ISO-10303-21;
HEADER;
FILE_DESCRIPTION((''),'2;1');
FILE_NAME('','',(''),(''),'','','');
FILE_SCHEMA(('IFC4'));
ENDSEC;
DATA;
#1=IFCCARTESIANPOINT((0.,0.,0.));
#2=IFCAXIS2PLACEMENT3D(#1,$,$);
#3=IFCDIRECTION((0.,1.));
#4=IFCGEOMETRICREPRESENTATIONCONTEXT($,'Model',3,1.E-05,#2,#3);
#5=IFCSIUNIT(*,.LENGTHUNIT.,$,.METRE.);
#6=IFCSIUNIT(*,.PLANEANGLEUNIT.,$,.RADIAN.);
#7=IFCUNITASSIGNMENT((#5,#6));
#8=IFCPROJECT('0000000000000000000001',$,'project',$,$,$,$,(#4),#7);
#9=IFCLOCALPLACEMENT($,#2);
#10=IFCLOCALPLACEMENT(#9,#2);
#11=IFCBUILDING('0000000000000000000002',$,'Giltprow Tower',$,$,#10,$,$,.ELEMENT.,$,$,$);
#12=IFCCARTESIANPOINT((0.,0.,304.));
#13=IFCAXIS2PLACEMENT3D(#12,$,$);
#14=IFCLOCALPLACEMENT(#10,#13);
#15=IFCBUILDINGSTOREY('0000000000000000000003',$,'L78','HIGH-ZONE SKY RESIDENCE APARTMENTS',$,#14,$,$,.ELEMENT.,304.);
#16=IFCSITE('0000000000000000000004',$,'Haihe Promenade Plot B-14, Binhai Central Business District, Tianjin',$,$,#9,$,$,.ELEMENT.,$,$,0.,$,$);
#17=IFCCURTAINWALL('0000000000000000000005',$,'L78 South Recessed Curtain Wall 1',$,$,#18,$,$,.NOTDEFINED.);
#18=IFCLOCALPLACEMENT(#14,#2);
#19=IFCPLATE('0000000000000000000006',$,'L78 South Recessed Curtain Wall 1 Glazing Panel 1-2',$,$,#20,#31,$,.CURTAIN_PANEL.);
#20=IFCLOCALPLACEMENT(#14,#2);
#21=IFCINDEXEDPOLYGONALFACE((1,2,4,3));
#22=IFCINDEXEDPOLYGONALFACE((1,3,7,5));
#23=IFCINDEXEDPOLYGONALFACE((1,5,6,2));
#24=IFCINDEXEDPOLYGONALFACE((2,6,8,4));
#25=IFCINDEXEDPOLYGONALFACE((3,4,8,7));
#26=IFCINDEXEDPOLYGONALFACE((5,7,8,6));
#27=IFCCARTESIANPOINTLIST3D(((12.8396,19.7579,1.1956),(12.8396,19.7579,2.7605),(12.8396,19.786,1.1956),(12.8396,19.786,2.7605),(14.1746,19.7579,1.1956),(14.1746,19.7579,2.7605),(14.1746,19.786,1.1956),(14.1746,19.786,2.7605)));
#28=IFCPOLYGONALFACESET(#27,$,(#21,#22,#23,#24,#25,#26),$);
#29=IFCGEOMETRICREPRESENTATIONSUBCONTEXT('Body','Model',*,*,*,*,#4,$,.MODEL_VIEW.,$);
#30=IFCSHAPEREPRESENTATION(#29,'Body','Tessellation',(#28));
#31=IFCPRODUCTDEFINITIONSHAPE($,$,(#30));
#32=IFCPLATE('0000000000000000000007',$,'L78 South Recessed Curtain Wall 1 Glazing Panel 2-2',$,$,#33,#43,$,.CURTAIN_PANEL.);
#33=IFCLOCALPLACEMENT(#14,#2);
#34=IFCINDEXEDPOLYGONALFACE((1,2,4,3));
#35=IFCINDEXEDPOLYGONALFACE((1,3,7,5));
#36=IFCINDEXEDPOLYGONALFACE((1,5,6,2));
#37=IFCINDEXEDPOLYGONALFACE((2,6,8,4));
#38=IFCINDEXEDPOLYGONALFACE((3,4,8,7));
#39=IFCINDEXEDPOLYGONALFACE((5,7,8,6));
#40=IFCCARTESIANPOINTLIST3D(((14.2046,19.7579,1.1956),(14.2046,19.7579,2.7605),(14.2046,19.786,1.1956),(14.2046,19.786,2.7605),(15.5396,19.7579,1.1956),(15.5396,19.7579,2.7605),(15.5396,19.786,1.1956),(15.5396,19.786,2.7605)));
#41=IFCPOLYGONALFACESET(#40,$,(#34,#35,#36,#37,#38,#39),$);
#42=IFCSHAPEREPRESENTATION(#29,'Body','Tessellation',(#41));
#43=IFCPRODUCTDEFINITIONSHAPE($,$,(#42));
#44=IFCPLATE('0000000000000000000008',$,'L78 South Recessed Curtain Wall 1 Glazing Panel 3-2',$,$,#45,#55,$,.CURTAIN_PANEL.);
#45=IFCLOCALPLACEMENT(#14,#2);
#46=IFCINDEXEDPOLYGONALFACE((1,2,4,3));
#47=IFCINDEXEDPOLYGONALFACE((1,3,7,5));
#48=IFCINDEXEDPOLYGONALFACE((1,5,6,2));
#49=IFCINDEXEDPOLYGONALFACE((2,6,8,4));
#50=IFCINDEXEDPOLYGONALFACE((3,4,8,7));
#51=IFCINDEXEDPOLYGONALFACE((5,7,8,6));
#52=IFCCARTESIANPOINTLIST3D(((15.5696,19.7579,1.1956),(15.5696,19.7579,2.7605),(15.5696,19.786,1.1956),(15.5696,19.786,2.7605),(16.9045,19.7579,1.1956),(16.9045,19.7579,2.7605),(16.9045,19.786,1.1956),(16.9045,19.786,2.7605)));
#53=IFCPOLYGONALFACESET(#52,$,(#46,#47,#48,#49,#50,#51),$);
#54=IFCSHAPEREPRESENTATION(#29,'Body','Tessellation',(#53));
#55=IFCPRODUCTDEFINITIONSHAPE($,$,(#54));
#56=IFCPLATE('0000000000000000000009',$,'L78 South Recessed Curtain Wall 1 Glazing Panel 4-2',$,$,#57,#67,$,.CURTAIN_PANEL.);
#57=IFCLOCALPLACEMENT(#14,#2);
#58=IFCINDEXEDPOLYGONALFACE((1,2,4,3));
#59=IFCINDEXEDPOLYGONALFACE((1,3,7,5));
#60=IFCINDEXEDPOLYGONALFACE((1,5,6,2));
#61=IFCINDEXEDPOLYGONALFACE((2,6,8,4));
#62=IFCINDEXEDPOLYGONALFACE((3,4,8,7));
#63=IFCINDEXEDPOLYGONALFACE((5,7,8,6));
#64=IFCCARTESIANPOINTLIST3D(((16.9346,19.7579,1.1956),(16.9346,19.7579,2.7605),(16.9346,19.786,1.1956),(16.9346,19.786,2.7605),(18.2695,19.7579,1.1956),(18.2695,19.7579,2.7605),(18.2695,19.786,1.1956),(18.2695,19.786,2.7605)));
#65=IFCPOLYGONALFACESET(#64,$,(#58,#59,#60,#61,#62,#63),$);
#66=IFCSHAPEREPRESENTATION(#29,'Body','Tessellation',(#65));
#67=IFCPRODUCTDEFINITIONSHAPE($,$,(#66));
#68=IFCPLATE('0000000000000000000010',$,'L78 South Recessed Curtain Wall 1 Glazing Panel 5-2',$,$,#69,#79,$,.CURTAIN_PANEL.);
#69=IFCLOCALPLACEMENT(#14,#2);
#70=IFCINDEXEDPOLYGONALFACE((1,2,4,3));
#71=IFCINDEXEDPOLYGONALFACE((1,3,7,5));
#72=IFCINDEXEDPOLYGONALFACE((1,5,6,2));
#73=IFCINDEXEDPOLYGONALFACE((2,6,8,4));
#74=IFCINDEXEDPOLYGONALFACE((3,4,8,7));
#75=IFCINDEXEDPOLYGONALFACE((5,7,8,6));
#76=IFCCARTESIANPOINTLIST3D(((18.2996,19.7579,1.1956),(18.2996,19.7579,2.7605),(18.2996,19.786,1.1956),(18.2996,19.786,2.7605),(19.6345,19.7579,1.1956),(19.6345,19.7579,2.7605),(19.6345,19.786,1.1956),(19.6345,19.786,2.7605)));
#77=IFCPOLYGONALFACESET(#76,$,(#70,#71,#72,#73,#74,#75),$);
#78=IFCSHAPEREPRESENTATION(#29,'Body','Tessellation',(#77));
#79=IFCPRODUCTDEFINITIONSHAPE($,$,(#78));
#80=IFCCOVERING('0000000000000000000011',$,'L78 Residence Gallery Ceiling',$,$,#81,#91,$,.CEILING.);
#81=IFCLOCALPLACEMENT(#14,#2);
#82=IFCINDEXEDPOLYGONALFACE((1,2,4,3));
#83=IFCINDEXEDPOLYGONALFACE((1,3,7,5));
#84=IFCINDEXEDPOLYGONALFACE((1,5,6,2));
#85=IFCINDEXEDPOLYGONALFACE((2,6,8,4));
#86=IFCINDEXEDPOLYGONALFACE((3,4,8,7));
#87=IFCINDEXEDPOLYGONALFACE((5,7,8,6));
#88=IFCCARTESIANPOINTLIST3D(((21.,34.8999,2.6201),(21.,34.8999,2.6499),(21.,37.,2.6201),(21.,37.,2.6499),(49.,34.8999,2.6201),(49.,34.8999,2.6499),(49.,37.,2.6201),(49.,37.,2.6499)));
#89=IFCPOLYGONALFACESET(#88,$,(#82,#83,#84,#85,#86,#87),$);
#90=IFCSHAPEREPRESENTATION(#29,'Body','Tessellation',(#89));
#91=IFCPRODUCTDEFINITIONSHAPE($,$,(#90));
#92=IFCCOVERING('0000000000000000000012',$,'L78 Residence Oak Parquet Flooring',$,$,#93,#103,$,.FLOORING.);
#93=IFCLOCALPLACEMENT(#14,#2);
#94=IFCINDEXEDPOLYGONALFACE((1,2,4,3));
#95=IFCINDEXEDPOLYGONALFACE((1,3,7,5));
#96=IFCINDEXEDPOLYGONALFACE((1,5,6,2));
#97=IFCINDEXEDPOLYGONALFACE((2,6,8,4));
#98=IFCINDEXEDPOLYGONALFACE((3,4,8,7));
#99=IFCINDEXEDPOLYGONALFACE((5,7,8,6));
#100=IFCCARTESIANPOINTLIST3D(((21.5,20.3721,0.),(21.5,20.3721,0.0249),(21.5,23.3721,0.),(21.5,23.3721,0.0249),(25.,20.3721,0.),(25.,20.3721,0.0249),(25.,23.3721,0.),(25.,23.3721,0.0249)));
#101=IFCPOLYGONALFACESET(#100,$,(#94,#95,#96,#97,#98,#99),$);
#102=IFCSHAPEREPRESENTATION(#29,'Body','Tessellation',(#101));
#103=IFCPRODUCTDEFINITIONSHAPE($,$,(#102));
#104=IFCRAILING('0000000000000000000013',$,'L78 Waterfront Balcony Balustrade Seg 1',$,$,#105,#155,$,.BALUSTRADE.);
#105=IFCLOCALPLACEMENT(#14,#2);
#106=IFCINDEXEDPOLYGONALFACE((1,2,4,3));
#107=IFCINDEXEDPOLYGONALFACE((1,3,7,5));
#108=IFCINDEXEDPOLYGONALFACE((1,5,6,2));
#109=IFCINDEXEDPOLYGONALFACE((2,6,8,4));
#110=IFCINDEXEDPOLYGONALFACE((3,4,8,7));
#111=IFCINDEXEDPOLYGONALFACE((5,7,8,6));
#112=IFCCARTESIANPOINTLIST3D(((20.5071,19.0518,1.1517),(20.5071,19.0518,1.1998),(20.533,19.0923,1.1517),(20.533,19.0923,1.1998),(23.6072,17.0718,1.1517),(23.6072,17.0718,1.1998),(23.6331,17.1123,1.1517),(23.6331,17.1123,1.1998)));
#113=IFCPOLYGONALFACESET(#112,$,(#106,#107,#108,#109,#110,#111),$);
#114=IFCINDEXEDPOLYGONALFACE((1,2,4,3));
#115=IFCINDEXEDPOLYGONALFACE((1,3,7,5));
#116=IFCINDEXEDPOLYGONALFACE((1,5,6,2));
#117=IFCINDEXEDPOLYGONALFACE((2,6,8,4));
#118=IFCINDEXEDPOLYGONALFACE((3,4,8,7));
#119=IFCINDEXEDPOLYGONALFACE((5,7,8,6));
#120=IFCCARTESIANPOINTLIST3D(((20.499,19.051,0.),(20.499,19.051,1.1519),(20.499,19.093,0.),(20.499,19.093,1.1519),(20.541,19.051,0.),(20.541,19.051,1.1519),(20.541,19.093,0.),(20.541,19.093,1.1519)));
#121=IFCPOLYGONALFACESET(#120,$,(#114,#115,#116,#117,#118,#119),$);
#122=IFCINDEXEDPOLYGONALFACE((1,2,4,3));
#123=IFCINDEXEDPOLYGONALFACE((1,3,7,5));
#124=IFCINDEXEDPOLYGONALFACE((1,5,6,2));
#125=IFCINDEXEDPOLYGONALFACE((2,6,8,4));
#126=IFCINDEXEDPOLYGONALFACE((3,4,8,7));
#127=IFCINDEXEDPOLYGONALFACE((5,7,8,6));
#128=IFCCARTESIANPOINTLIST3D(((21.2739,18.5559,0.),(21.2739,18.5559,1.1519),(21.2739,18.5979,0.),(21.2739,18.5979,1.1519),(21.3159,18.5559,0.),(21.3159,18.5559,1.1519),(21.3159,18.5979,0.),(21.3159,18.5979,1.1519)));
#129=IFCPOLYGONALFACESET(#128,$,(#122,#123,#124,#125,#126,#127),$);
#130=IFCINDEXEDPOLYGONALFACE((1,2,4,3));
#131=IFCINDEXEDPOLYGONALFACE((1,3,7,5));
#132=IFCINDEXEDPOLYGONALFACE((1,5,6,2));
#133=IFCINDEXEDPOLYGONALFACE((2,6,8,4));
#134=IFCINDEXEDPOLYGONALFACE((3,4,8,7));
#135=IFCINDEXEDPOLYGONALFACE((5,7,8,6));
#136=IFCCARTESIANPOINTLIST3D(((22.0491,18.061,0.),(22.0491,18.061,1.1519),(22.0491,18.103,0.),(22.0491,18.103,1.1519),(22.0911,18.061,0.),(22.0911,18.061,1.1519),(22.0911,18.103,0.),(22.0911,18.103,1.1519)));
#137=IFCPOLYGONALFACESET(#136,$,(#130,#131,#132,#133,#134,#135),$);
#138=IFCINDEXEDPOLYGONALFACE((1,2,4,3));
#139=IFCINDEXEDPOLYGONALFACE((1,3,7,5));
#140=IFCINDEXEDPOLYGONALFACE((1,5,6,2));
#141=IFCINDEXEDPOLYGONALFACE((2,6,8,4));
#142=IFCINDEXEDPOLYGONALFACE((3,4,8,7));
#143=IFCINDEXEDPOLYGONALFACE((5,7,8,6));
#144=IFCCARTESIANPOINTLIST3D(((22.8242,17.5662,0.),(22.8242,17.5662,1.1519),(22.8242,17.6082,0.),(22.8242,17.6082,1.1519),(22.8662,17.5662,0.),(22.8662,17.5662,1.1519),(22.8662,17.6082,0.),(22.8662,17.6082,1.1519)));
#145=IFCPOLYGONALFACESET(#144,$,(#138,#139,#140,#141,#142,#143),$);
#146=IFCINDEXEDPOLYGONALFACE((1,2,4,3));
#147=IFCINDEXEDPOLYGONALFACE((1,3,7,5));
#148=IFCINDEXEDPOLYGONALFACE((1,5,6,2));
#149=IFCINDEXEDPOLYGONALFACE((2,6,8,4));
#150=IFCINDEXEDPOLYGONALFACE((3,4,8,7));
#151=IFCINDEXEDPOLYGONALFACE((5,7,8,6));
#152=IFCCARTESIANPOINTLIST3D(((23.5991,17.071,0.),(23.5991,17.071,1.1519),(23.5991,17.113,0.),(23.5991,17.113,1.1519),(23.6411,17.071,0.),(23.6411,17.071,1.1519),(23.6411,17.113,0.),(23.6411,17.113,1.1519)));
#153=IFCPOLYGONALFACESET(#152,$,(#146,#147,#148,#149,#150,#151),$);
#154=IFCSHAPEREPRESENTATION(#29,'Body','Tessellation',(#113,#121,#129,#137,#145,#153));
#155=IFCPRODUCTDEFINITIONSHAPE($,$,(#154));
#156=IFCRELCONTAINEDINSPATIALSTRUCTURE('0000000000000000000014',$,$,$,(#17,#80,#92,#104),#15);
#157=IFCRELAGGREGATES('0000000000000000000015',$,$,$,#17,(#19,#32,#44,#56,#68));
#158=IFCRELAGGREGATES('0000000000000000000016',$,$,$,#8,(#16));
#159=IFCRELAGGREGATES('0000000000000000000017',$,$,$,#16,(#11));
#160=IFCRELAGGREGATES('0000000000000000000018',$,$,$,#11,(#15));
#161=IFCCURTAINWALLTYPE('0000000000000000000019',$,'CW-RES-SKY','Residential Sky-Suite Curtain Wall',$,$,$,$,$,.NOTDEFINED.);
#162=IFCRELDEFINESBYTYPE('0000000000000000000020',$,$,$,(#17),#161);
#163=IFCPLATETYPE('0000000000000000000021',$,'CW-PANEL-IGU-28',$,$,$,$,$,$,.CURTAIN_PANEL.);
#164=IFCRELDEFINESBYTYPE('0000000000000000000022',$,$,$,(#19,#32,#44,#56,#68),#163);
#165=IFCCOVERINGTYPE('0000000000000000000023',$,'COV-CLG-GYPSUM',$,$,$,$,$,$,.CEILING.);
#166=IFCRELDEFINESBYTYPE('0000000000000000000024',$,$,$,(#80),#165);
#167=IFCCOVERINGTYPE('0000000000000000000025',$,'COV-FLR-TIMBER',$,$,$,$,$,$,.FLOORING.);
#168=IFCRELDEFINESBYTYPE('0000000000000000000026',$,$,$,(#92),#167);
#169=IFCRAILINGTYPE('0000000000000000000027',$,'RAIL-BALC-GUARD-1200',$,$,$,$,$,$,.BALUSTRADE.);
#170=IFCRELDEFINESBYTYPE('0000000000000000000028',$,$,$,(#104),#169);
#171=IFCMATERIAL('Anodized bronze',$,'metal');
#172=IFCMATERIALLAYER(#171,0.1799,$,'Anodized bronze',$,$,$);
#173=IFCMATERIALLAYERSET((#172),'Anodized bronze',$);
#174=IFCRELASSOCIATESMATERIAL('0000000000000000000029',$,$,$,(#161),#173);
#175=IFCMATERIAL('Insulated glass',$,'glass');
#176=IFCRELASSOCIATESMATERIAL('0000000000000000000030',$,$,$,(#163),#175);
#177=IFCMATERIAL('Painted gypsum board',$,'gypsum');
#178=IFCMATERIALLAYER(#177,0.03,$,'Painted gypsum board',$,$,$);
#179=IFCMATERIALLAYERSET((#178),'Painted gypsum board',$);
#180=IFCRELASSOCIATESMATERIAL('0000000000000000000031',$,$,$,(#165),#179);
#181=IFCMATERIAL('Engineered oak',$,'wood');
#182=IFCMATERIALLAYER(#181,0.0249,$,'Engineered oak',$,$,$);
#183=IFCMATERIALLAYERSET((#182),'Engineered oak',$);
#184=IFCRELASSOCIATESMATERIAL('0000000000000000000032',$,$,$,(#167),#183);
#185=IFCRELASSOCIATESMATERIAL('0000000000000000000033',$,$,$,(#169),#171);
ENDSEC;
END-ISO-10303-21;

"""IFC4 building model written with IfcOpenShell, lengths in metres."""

from ifc_helpers import new_model, si_unit, direction, frame, origin, origin_2d, place, context, subcontext, project, spatial, polyline, rectangle, outline, extrude, source, transform, mapped, material, layer, layer_set, type_object, element, aggregate, save


model = new_model("IFC4")

# Units and contexts
model_context = context("Model", 3, precision=1e-05, world=origin(), true_north=direction((0.0, 1.0)))
body_context = subcontext(model_context, "Body", "Model", "MODEL_VIEW")
ifc_project = project(units=[si_unit("LENGTHUNIT", "METRE"), si_unit("PLANEANGLEUNIT", "RADIAN")], contexts=[model_context])

# Site, building, storey
site_placement = place(None, origin())
site = spatial("IfcSite", under=ifc_project, at=site_placement, Name="Haihe Promenade Plot B-14, Binhai Central Business District, Tianjin", CompositionType="ELEMENT", RefElevation=0.0)
building_placement = place(site_placement, origin())
building = spatial("IfcBuilding", under=site, at=building_placement, Name="Giltprow Tower", CompositionType="ELEMENT")
storey_placement = place(building_placement, frame((0.0, 0.0, 304.0)))
storey = spatial("IfcBuildingStorey", under=building, at=storey_placement, Name="L78", Description="HIGH-ZONE SKY RESIDENCE APARTMENTS", CompositionType="ELEMENT", Elevation=304.0)

# Curtain wall
ifc_material_1 = material(Name="Anodized bronze", Category="metal")
ifc_layer_1 = layer(ifc_material_1, 0.1799, Name="Anodized bronze")
ifc_layer_set_1 = layer_set([ifc_layer_1], Name="Anodized bronze")
curtain_wall_type = type_object("IfcCurtainWallType", Name="CW-RES-SKY", Description="Residential Sky-Suite Curtain Wall", PredefinedType="NOTDEFINED", material=ifc_layer_set_1)
curtain_wall_placement = place(storey_placement, origin())
curtain_wall = element("IfcCurtainWall", 1, at=curtain_wall_placement, inside=storey, type_object=curtain_wall_type, Name="L78 South Recessed Curtain Wall 1", PredefinedType="NOTDEFINED")

# Plates
ifc_material_2 = material(Name="Insulated glass", Category="glass")
plate_type = type_object("IfcPlateType", Name="CW-PANEL-IGU-28", PredefinedType="CURTAIN_PANEL", material=ifc_material_2)
shared_shape_1 = source(origin(), body_context, "Body", "SweptSolid", [
    extrude(rectangle(XDim=1.335, YDim=0.0281, at=origin_2d()), origin(), (0.0, 0.0, 1.0), 1.5649),
])
plate_1_placement = place(storey_placement, frame((13.5071, 19.772, 1.1956), z_axis=(0.0, 0.0, 1.0), x_axis=(1.0, 0.0, 0.0)))
plate_1 = element("IfcPlate", 2, at=plate_1_placement, type_object=plate_type, Name="L78 South Recessed Curtain Wall 1 Glazing Panel 1-2", PredefinedType="CURTAIN_PANEL", context=body_context, shape_type="MappedRepresentation", body=[
    mapped(shared_shape_1, transform((0.0, 0.0, 0.0), x_axis=(1.0, 0.0, 0.0), y_axis=(0.0, 1.0, 0.0), z_axis=(0.0, 0.0, 1.0), scale=1.0)),
])
plate_2_placement = place(storey_placement, frame((14.8721, 19.772, 1.1956), z_axis=(0.0, 0.0, 1.0), x_axis=(1.0, 0.0, 0.0)))
plate_2 = element("IfcPlate", 3, at=plate_2_placement, type_object=plate_type, Name="L78 South Recessed Curtain Wall 1 Glazing Panel 2-2", PredefinedType="CURTAIN_PANEL", context=body_context, shape_type="MappedRepresentation", body=[
    mapped(shared_shape_1, transform((0.0, 0.0, 0.0), x_axis=(1.0, 0.0, 0.0), y_axis=(0.0, 1.0, 0.0), z_axis=(0.0, 0.0, 1.0), scale=1.0)),
])
plate_3_placement = place(storey_placement, frame((16.2371, 19.772, 1.1956), z_axis=(0.0, 0.0, 1.0), x_axis=(1.0, 0.0, 0.0)))
plate_3 = element("IfcPlate", 4, at=plate_3_placement, type_object=plate_type, Name="L78 South Recessed Curtain Wall 1 Glazing Panel 3-2", PredefinedType="CURTAIN_PANEL", context=body_context, shape_type="MappedRepresentation", body=[
    mapped(shared_shape_1, transform((0.0, 0.0, 0.0), x_axis=(1.0, 0.0, 0.0), y_axis=(0.0, 1.0, 0.0), z_axis=(0.0, 0.0, 1.0), scale=1.0)),
])
plate_4_placement = place(storey_placement, frame((17.6021, 19.772, 1.1956), z_axis=(0.0, 0.0, 1.0), x_axis=(1.0, 0.0, 0.0)))
plate_4 = element("IfcPlate", 5, at=plate_4_placement, type_object=plate_type, Name="L78 South Recessed Curtain Wall 1 Glazing Panel 4-2", PredefinedType="CURTAIN_PANEL", context=body_context, shape_type="MappedRepresentation", body=[
    mapped(shared_shape_1, transform((0.0, 0.0, 0.0), x_axis=(1.0, 0.0, 0.0), y_axis=(0.0, 1.0, 0.0), z_axis=(0.0, 0.0, 1.0), scale=1.0)),
])
plate_5_placement = place(storey_placement, frame((18.967, 19.772, 1.1956), z_axis=(0.0, 0.0, 1.0), x_axis=(1.0, 0.0, 0.0)))
plate_5 = element("IfcPlate", 6, at=plate_5_placement, type_object=plate_type, Name="L78 South Recessed Curtain Wall 1 Glazing Panel 5-2", PredefinedType="CURTAIN_PANEL", context=body_context, shape_type="MappedRepresentation", body=[
    mapped(shared_shape_1, transform((0.0, 0.0, 0.0), x_axis=(1.0, 0.0, 0.0), y_axis=(0.0, 1.0, 0.0), z_axis=(0.0, 0.0, 1.0), scale=1.0)),
])
aggregate(curtain_wall, [plate_1, plate_2, plate_3, plate_4, plate_5])

# Coverings
ifc_material_3 = material(Name="Painted gypsum board", Category="gypsum")
ifc_layer_2 = layer(ifc_material_3, 0.03, Name="Painted gypsum board")
ifc_layer_set_2 = layer_set([ifc_layer_2], Name="Painted gypsum board")
covering_type_1 = type_object("IfcCoveringType", Name="COV-CLG-GYPSUM", PredefinedType="CEILING", material=ifc_layer_set_2)
covering_1_placement = place(storey_placement, frame((0.0, 0.0, 2.6201)))
element("IfcCovering", 7, at=covering_1_placement, inside=storey, type_object=covering_type_1, Name="L78 Residence Gallery Ceiling", PredefinedType="CEILING", context=body_context, shape_type="SweptSolid", body=[
    extrude(outline(polyline([(21.0, 34.8999), (49.0, 34.8999), (49.0, 37.0), (21.0, 37.0), (21.0, 34.8999)])), origin(), (0.0, 0.0, 1.0), 0.0298),
])
ifc_material_4 = material(Name="Engineered oak", Category="wood")
ifc_layer_3 = layer(ifc_material_4, 0.0249, Name="Engineered oak")
ifc_layer_set_3 = layer_set([ifc_layer_3], Name="Engineered oak")
covering_type_2 = type_object("IfcCoveringType", Name="COV-FLR-TIMBER", PredefinedType="FLOORING", material=ifc_layer_set_3)
covering_2_placement = place(storey_placement, origin())
element("IfcCovering", 8, at=covering_2_placement, inside=storey, type_object=covering_type_2, Name="L78 Residence Oak Parquet Flooring", PredefinedType="FLOORING", context=body_context, shape_type="SweptSolid", body=[
    extrude(outline(polyline([(21.5, 20.3721), (25.0, 20.3721), (25.0, 23.3721), (21.5, 23.3721), (21.5, 20.3721)])), origin(), (0.0, 0.0, 1.0), 0.0249),
])

# Railing
railing_type = type_object("IfcRailingType", Name="RAIL-BALC-GUARD-1200", PredefinedType="BALUSTRADE", material=ifc_material_1)
railing_1_placement = place(storey_placement, frame((20.52, 19.072, 0.0)))
element("IfcRailing", 9, at=railing_1_placement, inside=storey, type_object=railing_type, Name="L78 Waterfront Balcony Balustrade Seg 1", PredefinedType="BALUSTRADE", context=body_context, shape_type="SweptSolid", body=[
    extrude(rectangle(XDim=0.0481, YDim=0.0481, at=origin_2d()), frame((0.0, 0.0, 1.1758), z_axis=(0.842775, -0.538266, 0.0), x_axis=(0.538266, 0.842775, 0.0)), (0.0, 0.0, 1.0), 3.6785),
    extrude(rectangle(XDim=0.042, YDim=0.042, at=origin_2d()), origin(), (0.0, 0.0, 1.0), 1.1519),
    extrude(rectangle(XDim=0.042, YDim=0.042, at=origin_2d()), frame((0.7749, -0.4951, 0.0)), (0.0, 0.0, 1.0), 1.1519),
    extrude(rectangle(XDim=0.042, YDim=0.042, at=origin_2d()), frame((1.55, -0.99, 0.0)), (0.0, 0.0, 1.0), 1.1519),
    extrude(rectangle(XDim=0.042, YDim=0.042, at=origin_2d()), frame((2.3252, -1.4849, 0.0)), (0.0, 0.0, 1.0), 1.1519),
    extrude(rectangle(XDim=0.042, YDim=0.042, at=origin_2d()), frame((3.1001, -1.98, 0.0)), (0.0, 0.0, 1.0), 1.1519),
])

save(model, "model.ifc")
